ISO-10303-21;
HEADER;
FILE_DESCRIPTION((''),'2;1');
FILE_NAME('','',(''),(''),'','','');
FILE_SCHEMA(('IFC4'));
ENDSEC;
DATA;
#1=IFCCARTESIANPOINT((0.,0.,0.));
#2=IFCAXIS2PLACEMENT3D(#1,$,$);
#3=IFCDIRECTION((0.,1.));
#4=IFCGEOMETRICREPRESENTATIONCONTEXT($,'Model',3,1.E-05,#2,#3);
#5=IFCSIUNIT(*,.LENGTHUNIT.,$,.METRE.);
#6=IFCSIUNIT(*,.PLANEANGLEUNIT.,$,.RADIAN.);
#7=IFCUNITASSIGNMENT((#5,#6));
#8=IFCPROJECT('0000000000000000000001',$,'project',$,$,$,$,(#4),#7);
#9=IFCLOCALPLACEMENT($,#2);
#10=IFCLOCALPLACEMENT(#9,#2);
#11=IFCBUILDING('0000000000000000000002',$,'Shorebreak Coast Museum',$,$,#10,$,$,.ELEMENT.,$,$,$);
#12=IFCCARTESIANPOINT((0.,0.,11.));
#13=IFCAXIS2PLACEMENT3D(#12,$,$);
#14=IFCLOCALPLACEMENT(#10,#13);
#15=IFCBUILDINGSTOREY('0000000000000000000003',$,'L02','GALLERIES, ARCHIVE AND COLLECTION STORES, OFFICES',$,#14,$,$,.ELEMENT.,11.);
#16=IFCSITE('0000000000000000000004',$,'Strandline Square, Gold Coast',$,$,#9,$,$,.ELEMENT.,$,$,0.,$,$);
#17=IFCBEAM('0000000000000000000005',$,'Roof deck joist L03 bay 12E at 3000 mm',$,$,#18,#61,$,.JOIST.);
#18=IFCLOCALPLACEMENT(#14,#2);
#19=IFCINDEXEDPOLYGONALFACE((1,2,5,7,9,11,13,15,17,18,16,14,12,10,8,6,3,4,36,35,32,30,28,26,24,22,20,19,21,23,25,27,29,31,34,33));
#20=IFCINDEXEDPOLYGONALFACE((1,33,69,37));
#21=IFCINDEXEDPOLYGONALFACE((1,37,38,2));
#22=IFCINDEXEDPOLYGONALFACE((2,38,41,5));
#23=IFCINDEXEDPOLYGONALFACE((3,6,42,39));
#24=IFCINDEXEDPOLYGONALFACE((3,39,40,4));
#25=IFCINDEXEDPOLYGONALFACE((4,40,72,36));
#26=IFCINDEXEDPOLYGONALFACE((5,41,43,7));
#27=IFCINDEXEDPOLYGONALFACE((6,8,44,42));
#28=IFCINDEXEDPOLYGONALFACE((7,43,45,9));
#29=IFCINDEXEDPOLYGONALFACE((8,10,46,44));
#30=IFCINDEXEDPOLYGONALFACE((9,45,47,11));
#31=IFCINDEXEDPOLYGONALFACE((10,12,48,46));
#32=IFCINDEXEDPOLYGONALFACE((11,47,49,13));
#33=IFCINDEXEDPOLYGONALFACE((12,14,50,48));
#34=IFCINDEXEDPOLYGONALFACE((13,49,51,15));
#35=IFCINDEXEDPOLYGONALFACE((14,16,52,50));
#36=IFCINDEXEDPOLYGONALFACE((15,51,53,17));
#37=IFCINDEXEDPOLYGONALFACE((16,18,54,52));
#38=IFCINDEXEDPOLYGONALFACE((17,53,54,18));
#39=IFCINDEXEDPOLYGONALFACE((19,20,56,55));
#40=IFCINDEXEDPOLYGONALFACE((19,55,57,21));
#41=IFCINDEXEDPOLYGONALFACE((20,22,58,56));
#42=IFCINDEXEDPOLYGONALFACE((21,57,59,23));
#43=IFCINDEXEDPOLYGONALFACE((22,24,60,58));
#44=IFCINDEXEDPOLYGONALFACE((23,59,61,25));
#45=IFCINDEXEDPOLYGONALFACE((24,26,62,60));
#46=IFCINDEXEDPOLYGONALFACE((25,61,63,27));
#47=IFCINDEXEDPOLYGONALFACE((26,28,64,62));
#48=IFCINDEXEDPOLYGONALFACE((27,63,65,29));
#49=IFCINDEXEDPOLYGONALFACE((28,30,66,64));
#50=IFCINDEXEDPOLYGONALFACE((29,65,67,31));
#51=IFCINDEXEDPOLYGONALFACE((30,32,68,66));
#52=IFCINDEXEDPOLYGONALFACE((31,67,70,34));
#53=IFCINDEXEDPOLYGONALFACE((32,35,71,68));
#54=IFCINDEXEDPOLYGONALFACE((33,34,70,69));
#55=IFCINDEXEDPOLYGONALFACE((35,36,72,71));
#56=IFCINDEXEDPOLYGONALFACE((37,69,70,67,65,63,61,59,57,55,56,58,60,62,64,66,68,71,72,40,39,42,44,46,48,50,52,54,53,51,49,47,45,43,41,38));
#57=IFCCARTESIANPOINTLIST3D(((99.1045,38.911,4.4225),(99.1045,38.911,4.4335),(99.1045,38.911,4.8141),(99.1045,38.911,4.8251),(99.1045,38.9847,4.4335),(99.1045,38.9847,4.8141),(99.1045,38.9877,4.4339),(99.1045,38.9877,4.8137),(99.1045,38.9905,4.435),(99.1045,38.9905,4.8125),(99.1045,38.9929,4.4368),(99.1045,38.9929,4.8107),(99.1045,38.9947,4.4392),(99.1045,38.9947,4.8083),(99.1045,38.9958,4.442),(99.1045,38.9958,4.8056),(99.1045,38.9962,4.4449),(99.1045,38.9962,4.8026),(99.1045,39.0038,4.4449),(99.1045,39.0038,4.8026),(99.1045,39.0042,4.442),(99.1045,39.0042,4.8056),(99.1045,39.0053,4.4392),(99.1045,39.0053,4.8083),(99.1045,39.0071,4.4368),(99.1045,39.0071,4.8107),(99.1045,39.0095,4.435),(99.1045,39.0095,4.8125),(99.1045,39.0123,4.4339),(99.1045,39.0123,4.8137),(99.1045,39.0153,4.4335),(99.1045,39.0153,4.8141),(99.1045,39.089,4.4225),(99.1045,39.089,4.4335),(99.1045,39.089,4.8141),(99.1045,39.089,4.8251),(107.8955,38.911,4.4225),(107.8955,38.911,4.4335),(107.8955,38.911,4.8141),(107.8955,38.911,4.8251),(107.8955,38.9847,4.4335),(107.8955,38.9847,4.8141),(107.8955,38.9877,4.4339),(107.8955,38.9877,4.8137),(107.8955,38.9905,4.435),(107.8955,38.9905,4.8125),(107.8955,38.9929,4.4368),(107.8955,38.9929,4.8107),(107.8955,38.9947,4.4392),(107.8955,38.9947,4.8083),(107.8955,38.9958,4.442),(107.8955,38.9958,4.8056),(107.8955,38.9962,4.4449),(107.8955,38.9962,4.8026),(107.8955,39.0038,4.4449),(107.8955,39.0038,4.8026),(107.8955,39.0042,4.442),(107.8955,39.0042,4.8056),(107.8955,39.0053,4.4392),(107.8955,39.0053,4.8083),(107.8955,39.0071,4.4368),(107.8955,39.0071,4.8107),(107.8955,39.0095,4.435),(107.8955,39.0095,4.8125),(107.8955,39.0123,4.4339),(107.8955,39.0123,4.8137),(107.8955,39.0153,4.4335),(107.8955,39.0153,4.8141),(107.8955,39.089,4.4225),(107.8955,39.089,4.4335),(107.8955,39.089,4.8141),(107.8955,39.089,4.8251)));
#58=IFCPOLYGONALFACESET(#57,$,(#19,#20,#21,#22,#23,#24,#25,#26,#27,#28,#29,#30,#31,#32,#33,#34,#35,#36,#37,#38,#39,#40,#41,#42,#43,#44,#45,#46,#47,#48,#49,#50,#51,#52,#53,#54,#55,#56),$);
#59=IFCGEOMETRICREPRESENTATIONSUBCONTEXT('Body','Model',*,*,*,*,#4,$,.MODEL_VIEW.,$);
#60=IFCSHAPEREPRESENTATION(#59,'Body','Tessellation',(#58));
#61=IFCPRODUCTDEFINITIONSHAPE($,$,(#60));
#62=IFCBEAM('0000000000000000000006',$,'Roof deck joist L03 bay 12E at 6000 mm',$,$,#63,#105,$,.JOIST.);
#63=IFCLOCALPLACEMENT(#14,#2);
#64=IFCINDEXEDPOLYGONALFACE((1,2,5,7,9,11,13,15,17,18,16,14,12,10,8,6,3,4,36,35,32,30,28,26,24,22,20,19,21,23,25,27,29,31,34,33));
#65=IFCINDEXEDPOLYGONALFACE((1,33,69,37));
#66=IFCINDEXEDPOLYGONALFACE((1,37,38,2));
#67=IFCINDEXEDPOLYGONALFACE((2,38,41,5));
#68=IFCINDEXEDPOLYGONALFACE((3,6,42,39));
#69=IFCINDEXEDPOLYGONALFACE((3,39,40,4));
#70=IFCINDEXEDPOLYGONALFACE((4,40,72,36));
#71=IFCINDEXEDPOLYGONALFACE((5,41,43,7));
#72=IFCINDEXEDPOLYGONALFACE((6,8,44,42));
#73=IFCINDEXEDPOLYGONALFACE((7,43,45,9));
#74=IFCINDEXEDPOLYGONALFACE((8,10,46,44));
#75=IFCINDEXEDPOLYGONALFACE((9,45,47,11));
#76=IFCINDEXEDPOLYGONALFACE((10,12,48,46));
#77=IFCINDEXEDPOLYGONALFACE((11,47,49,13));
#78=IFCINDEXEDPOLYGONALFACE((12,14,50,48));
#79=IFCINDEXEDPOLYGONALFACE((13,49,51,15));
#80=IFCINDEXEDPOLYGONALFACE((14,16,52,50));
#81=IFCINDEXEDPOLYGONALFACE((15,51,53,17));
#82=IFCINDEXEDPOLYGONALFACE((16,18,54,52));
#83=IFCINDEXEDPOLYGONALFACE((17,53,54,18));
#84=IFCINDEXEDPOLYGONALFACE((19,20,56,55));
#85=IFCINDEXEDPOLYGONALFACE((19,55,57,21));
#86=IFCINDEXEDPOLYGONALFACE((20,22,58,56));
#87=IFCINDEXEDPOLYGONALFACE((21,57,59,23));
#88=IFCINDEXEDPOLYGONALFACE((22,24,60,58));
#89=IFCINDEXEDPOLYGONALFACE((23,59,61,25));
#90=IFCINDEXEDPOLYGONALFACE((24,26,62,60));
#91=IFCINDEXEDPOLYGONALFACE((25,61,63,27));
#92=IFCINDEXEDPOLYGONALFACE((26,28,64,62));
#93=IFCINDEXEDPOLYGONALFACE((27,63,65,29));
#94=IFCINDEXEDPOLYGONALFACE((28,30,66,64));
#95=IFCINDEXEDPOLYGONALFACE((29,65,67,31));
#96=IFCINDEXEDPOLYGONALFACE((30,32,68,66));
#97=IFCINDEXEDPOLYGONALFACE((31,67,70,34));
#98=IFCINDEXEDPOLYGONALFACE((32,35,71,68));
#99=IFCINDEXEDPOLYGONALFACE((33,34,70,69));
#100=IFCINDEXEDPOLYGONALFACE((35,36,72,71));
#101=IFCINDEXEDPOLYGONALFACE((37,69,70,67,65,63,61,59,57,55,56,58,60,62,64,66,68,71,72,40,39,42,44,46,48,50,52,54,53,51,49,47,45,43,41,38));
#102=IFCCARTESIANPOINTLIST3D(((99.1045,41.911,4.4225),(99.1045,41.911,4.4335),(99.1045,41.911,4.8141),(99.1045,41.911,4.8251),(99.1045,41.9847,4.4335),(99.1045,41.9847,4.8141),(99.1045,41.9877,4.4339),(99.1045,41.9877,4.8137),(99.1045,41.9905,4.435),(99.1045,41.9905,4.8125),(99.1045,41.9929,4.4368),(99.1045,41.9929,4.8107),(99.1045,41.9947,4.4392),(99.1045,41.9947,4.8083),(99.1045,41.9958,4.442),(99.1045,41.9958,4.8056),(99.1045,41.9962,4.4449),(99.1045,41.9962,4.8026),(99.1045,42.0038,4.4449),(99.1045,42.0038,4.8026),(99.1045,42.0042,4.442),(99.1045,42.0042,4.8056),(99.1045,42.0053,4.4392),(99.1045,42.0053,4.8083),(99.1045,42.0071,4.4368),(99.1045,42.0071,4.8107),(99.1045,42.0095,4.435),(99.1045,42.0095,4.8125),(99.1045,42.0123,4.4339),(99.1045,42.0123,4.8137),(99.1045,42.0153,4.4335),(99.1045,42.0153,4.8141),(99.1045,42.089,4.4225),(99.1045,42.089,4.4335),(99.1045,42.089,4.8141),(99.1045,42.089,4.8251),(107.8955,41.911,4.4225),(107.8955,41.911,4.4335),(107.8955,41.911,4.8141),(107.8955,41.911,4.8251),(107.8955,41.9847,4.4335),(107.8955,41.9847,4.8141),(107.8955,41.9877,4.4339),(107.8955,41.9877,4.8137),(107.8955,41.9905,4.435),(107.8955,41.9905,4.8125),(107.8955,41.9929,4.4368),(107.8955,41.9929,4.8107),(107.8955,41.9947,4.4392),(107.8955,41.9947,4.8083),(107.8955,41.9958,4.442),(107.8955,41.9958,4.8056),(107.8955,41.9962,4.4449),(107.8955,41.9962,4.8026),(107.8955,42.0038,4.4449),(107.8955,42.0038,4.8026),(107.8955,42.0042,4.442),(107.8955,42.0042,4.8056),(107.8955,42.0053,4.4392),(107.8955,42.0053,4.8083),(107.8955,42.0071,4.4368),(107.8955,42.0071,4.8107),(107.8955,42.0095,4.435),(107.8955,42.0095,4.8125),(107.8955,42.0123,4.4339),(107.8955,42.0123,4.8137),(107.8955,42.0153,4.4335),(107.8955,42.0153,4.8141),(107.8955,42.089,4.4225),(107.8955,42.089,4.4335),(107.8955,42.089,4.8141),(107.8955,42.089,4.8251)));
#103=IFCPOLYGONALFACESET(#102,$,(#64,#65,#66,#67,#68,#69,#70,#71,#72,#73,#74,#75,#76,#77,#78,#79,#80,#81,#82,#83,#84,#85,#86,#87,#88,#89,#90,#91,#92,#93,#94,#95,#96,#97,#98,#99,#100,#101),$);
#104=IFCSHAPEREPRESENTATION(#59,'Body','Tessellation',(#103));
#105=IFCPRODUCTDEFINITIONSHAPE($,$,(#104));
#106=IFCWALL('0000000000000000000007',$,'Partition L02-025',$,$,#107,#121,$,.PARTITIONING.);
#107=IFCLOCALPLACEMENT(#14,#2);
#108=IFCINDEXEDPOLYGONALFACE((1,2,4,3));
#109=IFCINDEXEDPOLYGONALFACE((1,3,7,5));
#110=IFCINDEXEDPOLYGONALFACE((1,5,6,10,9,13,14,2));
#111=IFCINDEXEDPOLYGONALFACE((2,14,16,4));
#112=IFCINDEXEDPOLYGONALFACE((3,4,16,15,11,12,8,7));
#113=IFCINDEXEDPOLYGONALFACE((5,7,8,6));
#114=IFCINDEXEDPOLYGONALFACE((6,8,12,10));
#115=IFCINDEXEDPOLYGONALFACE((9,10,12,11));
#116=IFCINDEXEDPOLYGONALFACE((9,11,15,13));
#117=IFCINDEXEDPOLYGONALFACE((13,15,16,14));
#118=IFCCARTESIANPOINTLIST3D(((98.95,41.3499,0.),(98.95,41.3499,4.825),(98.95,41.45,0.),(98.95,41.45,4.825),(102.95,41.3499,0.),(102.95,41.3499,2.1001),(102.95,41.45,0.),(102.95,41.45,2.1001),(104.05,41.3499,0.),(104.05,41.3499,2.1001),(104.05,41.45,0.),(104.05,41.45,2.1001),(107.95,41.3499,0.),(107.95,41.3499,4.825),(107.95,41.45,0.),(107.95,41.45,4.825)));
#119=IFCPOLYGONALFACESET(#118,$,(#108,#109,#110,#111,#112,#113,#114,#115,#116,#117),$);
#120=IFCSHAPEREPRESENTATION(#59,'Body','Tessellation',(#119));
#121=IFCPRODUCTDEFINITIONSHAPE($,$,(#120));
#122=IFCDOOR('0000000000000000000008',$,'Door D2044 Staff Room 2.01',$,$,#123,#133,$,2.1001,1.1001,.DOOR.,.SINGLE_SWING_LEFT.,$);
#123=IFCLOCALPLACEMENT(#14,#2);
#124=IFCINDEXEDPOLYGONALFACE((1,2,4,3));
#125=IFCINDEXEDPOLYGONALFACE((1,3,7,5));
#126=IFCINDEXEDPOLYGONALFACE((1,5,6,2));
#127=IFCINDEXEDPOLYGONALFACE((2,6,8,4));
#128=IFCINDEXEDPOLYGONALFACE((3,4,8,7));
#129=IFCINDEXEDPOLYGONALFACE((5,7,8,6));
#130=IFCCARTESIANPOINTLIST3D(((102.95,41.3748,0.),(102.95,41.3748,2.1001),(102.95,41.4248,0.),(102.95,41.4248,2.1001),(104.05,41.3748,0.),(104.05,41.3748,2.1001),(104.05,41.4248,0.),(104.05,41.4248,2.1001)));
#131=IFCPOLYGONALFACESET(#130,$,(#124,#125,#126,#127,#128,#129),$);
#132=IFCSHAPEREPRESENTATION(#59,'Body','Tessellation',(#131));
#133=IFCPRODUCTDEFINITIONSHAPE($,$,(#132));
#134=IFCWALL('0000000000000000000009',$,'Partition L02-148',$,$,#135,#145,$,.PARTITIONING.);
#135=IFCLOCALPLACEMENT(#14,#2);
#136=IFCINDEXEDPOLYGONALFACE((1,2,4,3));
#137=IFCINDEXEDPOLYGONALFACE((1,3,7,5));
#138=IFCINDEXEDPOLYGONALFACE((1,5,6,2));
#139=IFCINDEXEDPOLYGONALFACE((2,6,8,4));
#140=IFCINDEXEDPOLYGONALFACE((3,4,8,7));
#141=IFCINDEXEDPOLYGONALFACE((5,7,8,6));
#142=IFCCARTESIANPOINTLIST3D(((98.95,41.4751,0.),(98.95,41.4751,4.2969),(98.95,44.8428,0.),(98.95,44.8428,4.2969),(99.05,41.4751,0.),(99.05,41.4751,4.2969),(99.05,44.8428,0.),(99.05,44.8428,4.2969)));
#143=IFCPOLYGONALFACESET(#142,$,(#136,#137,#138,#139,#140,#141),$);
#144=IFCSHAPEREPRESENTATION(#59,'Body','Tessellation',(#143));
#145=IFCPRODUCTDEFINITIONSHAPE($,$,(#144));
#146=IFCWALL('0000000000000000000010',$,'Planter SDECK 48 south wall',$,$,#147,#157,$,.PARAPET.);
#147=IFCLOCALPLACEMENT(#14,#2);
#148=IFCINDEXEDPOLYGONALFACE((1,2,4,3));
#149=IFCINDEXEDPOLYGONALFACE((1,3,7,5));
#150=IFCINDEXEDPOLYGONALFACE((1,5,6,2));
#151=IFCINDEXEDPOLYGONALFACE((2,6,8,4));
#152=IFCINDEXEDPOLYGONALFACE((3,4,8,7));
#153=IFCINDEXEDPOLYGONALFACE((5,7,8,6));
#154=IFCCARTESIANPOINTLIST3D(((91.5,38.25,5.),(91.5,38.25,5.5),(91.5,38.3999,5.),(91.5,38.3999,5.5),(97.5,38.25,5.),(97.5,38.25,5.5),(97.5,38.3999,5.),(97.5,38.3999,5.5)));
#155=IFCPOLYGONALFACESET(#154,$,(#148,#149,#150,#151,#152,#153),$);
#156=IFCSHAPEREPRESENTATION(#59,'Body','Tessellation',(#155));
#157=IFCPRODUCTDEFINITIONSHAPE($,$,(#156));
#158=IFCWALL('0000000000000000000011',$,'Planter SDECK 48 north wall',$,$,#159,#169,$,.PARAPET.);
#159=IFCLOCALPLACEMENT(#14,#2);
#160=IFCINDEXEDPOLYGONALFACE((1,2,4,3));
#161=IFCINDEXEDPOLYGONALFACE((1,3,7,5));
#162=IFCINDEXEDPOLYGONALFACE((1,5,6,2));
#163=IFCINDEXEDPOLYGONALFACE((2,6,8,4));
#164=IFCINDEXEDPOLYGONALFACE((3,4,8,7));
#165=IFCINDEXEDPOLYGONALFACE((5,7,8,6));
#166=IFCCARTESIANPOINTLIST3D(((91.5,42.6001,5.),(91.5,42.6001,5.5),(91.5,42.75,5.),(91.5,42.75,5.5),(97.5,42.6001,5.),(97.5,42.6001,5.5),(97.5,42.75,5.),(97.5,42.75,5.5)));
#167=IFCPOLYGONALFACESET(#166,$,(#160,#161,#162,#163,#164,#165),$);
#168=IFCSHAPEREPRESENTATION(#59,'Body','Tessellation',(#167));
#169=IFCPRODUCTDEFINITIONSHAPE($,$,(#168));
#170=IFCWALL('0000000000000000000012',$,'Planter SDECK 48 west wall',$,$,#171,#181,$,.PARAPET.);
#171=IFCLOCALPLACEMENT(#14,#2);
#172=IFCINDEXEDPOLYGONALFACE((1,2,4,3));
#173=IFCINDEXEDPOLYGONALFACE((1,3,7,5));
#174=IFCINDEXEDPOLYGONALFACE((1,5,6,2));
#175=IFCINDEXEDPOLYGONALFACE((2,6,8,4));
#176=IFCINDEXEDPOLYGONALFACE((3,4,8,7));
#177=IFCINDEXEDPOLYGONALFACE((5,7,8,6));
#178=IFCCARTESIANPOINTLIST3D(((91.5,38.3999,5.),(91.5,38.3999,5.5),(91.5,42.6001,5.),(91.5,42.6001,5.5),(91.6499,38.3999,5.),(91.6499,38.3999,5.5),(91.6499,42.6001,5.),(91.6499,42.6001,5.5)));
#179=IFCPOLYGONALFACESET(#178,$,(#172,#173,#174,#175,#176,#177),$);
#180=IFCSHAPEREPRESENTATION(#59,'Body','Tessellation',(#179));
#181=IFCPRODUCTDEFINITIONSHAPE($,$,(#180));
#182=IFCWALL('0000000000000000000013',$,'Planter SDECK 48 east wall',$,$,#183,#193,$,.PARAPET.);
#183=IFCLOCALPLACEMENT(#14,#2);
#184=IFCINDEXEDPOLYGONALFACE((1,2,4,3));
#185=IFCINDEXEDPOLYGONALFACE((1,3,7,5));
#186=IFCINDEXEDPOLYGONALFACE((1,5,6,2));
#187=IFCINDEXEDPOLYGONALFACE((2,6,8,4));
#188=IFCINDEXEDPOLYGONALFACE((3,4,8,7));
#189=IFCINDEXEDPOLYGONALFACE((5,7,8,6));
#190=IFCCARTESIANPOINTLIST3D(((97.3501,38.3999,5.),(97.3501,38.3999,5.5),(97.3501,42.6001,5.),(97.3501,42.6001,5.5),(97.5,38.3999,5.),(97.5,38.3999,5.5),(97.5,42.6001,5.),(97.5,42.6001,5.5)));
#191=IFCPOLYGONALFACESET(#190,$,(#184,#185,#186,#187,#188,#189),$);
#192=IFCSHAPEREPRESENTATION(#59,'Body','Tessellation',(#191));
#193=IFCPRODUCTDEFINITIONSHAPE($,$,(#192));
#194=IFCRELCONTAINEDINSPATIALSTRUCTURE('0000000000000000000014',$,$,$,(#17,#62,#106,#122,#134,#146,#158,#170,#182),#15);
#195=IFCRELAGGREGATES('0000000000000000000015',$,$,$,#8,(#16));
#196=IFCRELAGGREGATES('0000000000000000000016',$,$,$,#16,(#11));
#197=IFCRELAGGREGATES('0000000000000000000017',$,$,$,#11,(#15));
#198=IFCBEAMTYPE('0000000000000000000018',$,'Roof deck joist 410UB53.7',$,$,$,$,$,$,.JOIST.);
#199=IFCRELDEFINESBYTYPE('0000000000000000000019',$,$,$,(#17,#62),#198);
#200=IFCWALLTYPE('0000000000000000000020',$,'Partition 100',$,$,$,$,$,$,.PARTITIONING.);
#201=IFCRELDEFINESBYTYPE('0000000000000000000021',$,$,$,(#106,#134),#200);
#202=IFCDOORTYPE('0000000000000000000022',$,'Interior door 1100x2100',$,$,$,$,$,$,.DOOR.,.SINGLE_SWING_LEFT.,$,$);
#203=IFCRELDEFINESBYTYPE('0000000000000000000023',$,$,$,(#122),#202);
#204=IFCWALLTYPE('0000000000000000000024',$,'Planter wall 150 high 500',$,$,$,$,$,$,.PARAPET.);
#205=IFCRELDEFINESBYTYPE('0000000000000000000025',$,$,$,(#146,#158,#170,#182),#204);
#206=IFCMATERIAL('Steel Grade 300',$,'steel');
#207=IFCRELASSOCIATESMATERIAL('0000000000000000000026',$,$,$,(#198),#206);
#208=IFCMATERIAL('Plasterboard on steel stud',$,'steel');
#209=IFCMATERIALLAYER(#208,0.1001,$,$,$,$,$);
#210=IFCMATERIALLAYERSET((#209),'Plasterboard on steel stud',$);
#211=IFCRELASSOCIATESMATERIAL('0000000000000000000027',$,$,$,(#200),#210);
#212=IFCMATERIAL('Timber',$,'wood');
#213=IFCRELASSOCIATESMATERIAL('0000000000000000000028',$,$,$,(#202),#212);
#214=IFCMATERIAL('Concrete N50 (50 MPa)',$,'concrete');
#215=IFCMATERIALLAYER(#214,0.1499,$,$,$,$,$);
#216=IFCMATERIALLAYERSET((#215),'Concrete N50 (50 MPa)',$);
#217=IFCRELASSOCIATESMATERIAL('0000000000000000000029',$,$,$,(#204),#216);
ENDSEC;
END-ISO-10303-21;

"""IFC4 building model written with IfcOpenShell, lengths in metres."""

from ifc_helpers import new_model, si_unit, direction, frame, frame_2d, origin, origin_2d, place, context, subcontext, project, spatial, rectangle, i_section, extrude, material, layer, layer_set, material_profile, profile_set, type_object, element, fill, save


model = new_model("IFC4")

# Units and contexts
model_context = context("Model", 3, precision=1e-05, world=origin(), true_north=direction((0.0, 1.0)))
body_context = subcontext(model_context, "Body", "Model", "MODEL_VIEW")
ifc_project = project(units=[si_unit("LENGTHUNIT", "METRE"), si_unit("PLANEANGLEUNIT", "RADIAN")], contexts=[model_context])

# Site, building, storey
site_placement = place(None, origin())
site = spatial("IfcSite", under=ifc_project, at=site_placement, Name="Strandline Square, Gold Coast", CompositionType="ELEMENT", RefElevation=0.0)
building_placement = place(site_placement, origin())
building = spatial("IfcBuilding", under=site, at=building_placement, Name="Shorebreak Coast Museum", CompositionType="ELEMENT")
storey_placement = place(building_placement, frame((0.0, 0.0, 11.0)))
storey = spatial("IfcBuildingStorey", under=building, at=storey_placement, Name="L02", Description="GALLERIES, ARCHIVE AND COLLECTION STORES, OFFICES", CompositionType="ELEMENT", Elevation=11.0)

# Beams
ifc_material_1 = material(Name="Steel Grade 300", Category="steel")
ifc_material_profile_1 = material_profile(ifc_material_1, i_section(OverallWidth=0.178, OverallDepth=0.4026, WebThickness=0.0076, FlangeThickness=0.011, FilletRadius=0.0115, at=origin_2d()), Name="410UB53.7")
ifc_profile_set_1 = profile_set([ifc_material_profile_1], Name="Steel Grade 300")
beam_type_1 = type_object("IfcBeamType", Name="Roof deck joist 410UB53.7", PredefinedType="JOIST", material=ifc_profile_set_1)
for number, where, z_axis, x_axis, name in (
    (1, (99.1045, 39.0, 4.6238), (1.0, 0.0, 0.0), (0.0, 1.0, 0.0), "Roof deck joist L03 bay 12E at 3000 mm"),
    (2, (99.1045, 42.0, 4.6238), (1.0, 0.0, 0.0), (0.0, 1.0, 0.0), "Roof deck joist L03 bay 12E at 6000 mm"),
):
    element("IfcBeam", number, at=place(storey_placement, frame(where, z_axis=z_axis, x_axis=x_axis)), inside=storey, type_object=beam_type_1, Name=name, PredefinedType="JOIST", context=body_context, shape_type="SweptSolid", body=[
        extrude(i_section(OverallWidth=0.178, OverallDepth=0.4026, WebThickness=0.0076, FlangeThickness=0.011, FilletRadius=0.0115, at=origin_2d()), origin(), (0.0, 0.0, 1.0), 8.791),
    ])

# Wall, opening, door
ifc_material_2 = material(Name="Plasterboard on steel stud", Category="steel")
ifc_layer_1 = layer(ifc_material_2, 0.1001)
ifc_layer_set_1 = layer_set([ifc_layer_1], Name="Plasterboard on steel stud")
wall_type_1 = type_object("IfcWallType", Name="Partition 100", PredefinedType="PARTITIONING", material=ifc_layer_set_1)
wall_1_placement = place(storey_placement, frame((98.95, 41.3999, 0.0), z_axis=(0.0, 0.0, 1.0), x_axis=(1.0, 0.0, 0.0)))
wall_1 = element("IfcWall", 3, at=wall_1_placement, inside=storey, type_object=wall_type_1, Name="Partition L02-025", PredefinedType="PARTITIONING", context=body_context, shape_type="SweptSolid", body=[
    extrude(rectangle(XDim=9.0, YDim=0.1001, at=frame_2d((4.5, 0.0))), origin(), (0.0, 0.0, 1.0), 4.825),
])
opening_placement = place(wall_1_placement, frame((4.0, 0.0, 0.0)))
opening = element("IfcOpeningElement", 4, at=opening_placement, cuts=wall_1, PredefinedType="OPENING", context=body_context, shape_type="SweptSolid", body=[
    extrude(rectangle(XDim=1.1001, YDim=2.1001, at=frame_2d((0.55, 1.05))), frame((0.0, 0.0601, 0.0), z_axis=(0.0, -1.0, 0.0), x_axis=(1.0, 0.0, 0.0)), (0.0, 0.0, 1.0), 0.1201),
])
ifc_material_3 = material(Name="Timber", Category="wood")
door_type = type_object("IfcDoorType", Name="Interior door 1100x2100", OperationType="SINGLE_SWING_LEFT", PredefinedType="DOOR", material=ifc_material_3)
door_placement = place(opening_placement, origin())
door = element("IfcDoor", 5, at=door_placement, inside=storey, type_object=door_type, Name="Door D2044 Staff Room 2.01", OperationType="SINGLE_SWING_LEFT", OverallHeight=2.1001, OverallWidth=1.1001, PredefinedType="DOOR", context=body_context, shape_type="SweptSolid", body=[
    extrude(rectangle(XDim=1.1001, YDim=2.1001, at=frame_2d((0.55, 1.05))), frame((0.0, 0.0249, 0.0), z_axis=(0.0, -1.0, 0.0), x_axis=(1.0, 0.0, 0.0)), (0.0, 0.0, 1.0), 0.05),
])
fill(opening, door)

# Walls
wall_2_placement = place(storey_placement, frame((99.0, 41.4751, 0.0), z_axis=(0.0, 0.0, 1.0), x_axis=(0.0, 1.0, 0.0)))
element("IfcWall", 6, at=wall_2_placement, inside=storey, type_object=wall_type_1, Name="Partition L02-148", PredefinedType="PARTITIONING", context=body_context, shape_type="SweptSolid", body=[
    extrude(rectangle(XDim=3.3677, YDim=0.1001, at=frame_2d((1.6838, 0.0))), origin(), (0.0, 0.0, 1.0), 4.2969),
])
ifc_material_4 = material(Name="Concrete N50 (50 MPa)", Category="concrete")
ifc_layer_2 = layer(ifc_material_4, 0.1499)
ifc_layer_set_2 = layer_set([ifc_layer_2], Name="Concrete N50 (50 MPa)")
wall_type_2 = type_object("IfcWallType", Name="Planter wall 150 high 500", PredefinedType="PARAPET", material=ifc_layer_set_2)
for number, where, z_axis, x_axis, name in (
    (7, (91.5, 38.325, 5.0), (0.0, 0.0, 1.0), (1.0, 0.0, 0.0), "Planter SDECK 48 south wall"),
    (8, (91.5, 42.675, 5.0), (0.0, 0.0, 1.0), (1.0, 0.0, 0.0), "Planter SDECK 48 north wall"),
):
    element("IfcWall", number, at=place(storey_placement, frame(where, z_axis=z_axis, x_axis=x_axis)), inside=storey, type_object=wall_type_2, Name=name, PredefinedType="PARAPET", context=body_context, shape_type="SweptSolid", body=[
        extrude(rectangle(XDim=6.0, YDim=0.1499, at=frame_2d((3.0, 0.0))), origin(), (0.0, 0.0, 1.0), 0.5),
    ])
for number, where, z_axis, x_axis, name in (
    (9, (91.575, 38.3999, 5.0), (0.0, 0.0, 1.0), (0.0, 1.0, 0.0), "Planter SDECK 48 west wall"),
    (10, (97.425, 38.3999, 5.0), (0.0, 0.0, 1.0), (0.0, 1.0, 0.0), "Planter SDECK 48 east wall"),
):
    element("IfcWall", number, at=place(storey_placement, frame(where, z_axis=z_axis, x_axis=x_axis)), inside=storey, type_object=wall_type_2, Name=name, PredefinedType="PARAPET", context=body_context, shape_type="SweptSolid", body=[
        extrude(rectangle(XDim=4.2002, YDim=0.1499, at=frame_2d((2.1001, 0.0))), origin(), (0.0, 0.0, 1.0), 0.5),
    ])

save(model, "model.ifc")
